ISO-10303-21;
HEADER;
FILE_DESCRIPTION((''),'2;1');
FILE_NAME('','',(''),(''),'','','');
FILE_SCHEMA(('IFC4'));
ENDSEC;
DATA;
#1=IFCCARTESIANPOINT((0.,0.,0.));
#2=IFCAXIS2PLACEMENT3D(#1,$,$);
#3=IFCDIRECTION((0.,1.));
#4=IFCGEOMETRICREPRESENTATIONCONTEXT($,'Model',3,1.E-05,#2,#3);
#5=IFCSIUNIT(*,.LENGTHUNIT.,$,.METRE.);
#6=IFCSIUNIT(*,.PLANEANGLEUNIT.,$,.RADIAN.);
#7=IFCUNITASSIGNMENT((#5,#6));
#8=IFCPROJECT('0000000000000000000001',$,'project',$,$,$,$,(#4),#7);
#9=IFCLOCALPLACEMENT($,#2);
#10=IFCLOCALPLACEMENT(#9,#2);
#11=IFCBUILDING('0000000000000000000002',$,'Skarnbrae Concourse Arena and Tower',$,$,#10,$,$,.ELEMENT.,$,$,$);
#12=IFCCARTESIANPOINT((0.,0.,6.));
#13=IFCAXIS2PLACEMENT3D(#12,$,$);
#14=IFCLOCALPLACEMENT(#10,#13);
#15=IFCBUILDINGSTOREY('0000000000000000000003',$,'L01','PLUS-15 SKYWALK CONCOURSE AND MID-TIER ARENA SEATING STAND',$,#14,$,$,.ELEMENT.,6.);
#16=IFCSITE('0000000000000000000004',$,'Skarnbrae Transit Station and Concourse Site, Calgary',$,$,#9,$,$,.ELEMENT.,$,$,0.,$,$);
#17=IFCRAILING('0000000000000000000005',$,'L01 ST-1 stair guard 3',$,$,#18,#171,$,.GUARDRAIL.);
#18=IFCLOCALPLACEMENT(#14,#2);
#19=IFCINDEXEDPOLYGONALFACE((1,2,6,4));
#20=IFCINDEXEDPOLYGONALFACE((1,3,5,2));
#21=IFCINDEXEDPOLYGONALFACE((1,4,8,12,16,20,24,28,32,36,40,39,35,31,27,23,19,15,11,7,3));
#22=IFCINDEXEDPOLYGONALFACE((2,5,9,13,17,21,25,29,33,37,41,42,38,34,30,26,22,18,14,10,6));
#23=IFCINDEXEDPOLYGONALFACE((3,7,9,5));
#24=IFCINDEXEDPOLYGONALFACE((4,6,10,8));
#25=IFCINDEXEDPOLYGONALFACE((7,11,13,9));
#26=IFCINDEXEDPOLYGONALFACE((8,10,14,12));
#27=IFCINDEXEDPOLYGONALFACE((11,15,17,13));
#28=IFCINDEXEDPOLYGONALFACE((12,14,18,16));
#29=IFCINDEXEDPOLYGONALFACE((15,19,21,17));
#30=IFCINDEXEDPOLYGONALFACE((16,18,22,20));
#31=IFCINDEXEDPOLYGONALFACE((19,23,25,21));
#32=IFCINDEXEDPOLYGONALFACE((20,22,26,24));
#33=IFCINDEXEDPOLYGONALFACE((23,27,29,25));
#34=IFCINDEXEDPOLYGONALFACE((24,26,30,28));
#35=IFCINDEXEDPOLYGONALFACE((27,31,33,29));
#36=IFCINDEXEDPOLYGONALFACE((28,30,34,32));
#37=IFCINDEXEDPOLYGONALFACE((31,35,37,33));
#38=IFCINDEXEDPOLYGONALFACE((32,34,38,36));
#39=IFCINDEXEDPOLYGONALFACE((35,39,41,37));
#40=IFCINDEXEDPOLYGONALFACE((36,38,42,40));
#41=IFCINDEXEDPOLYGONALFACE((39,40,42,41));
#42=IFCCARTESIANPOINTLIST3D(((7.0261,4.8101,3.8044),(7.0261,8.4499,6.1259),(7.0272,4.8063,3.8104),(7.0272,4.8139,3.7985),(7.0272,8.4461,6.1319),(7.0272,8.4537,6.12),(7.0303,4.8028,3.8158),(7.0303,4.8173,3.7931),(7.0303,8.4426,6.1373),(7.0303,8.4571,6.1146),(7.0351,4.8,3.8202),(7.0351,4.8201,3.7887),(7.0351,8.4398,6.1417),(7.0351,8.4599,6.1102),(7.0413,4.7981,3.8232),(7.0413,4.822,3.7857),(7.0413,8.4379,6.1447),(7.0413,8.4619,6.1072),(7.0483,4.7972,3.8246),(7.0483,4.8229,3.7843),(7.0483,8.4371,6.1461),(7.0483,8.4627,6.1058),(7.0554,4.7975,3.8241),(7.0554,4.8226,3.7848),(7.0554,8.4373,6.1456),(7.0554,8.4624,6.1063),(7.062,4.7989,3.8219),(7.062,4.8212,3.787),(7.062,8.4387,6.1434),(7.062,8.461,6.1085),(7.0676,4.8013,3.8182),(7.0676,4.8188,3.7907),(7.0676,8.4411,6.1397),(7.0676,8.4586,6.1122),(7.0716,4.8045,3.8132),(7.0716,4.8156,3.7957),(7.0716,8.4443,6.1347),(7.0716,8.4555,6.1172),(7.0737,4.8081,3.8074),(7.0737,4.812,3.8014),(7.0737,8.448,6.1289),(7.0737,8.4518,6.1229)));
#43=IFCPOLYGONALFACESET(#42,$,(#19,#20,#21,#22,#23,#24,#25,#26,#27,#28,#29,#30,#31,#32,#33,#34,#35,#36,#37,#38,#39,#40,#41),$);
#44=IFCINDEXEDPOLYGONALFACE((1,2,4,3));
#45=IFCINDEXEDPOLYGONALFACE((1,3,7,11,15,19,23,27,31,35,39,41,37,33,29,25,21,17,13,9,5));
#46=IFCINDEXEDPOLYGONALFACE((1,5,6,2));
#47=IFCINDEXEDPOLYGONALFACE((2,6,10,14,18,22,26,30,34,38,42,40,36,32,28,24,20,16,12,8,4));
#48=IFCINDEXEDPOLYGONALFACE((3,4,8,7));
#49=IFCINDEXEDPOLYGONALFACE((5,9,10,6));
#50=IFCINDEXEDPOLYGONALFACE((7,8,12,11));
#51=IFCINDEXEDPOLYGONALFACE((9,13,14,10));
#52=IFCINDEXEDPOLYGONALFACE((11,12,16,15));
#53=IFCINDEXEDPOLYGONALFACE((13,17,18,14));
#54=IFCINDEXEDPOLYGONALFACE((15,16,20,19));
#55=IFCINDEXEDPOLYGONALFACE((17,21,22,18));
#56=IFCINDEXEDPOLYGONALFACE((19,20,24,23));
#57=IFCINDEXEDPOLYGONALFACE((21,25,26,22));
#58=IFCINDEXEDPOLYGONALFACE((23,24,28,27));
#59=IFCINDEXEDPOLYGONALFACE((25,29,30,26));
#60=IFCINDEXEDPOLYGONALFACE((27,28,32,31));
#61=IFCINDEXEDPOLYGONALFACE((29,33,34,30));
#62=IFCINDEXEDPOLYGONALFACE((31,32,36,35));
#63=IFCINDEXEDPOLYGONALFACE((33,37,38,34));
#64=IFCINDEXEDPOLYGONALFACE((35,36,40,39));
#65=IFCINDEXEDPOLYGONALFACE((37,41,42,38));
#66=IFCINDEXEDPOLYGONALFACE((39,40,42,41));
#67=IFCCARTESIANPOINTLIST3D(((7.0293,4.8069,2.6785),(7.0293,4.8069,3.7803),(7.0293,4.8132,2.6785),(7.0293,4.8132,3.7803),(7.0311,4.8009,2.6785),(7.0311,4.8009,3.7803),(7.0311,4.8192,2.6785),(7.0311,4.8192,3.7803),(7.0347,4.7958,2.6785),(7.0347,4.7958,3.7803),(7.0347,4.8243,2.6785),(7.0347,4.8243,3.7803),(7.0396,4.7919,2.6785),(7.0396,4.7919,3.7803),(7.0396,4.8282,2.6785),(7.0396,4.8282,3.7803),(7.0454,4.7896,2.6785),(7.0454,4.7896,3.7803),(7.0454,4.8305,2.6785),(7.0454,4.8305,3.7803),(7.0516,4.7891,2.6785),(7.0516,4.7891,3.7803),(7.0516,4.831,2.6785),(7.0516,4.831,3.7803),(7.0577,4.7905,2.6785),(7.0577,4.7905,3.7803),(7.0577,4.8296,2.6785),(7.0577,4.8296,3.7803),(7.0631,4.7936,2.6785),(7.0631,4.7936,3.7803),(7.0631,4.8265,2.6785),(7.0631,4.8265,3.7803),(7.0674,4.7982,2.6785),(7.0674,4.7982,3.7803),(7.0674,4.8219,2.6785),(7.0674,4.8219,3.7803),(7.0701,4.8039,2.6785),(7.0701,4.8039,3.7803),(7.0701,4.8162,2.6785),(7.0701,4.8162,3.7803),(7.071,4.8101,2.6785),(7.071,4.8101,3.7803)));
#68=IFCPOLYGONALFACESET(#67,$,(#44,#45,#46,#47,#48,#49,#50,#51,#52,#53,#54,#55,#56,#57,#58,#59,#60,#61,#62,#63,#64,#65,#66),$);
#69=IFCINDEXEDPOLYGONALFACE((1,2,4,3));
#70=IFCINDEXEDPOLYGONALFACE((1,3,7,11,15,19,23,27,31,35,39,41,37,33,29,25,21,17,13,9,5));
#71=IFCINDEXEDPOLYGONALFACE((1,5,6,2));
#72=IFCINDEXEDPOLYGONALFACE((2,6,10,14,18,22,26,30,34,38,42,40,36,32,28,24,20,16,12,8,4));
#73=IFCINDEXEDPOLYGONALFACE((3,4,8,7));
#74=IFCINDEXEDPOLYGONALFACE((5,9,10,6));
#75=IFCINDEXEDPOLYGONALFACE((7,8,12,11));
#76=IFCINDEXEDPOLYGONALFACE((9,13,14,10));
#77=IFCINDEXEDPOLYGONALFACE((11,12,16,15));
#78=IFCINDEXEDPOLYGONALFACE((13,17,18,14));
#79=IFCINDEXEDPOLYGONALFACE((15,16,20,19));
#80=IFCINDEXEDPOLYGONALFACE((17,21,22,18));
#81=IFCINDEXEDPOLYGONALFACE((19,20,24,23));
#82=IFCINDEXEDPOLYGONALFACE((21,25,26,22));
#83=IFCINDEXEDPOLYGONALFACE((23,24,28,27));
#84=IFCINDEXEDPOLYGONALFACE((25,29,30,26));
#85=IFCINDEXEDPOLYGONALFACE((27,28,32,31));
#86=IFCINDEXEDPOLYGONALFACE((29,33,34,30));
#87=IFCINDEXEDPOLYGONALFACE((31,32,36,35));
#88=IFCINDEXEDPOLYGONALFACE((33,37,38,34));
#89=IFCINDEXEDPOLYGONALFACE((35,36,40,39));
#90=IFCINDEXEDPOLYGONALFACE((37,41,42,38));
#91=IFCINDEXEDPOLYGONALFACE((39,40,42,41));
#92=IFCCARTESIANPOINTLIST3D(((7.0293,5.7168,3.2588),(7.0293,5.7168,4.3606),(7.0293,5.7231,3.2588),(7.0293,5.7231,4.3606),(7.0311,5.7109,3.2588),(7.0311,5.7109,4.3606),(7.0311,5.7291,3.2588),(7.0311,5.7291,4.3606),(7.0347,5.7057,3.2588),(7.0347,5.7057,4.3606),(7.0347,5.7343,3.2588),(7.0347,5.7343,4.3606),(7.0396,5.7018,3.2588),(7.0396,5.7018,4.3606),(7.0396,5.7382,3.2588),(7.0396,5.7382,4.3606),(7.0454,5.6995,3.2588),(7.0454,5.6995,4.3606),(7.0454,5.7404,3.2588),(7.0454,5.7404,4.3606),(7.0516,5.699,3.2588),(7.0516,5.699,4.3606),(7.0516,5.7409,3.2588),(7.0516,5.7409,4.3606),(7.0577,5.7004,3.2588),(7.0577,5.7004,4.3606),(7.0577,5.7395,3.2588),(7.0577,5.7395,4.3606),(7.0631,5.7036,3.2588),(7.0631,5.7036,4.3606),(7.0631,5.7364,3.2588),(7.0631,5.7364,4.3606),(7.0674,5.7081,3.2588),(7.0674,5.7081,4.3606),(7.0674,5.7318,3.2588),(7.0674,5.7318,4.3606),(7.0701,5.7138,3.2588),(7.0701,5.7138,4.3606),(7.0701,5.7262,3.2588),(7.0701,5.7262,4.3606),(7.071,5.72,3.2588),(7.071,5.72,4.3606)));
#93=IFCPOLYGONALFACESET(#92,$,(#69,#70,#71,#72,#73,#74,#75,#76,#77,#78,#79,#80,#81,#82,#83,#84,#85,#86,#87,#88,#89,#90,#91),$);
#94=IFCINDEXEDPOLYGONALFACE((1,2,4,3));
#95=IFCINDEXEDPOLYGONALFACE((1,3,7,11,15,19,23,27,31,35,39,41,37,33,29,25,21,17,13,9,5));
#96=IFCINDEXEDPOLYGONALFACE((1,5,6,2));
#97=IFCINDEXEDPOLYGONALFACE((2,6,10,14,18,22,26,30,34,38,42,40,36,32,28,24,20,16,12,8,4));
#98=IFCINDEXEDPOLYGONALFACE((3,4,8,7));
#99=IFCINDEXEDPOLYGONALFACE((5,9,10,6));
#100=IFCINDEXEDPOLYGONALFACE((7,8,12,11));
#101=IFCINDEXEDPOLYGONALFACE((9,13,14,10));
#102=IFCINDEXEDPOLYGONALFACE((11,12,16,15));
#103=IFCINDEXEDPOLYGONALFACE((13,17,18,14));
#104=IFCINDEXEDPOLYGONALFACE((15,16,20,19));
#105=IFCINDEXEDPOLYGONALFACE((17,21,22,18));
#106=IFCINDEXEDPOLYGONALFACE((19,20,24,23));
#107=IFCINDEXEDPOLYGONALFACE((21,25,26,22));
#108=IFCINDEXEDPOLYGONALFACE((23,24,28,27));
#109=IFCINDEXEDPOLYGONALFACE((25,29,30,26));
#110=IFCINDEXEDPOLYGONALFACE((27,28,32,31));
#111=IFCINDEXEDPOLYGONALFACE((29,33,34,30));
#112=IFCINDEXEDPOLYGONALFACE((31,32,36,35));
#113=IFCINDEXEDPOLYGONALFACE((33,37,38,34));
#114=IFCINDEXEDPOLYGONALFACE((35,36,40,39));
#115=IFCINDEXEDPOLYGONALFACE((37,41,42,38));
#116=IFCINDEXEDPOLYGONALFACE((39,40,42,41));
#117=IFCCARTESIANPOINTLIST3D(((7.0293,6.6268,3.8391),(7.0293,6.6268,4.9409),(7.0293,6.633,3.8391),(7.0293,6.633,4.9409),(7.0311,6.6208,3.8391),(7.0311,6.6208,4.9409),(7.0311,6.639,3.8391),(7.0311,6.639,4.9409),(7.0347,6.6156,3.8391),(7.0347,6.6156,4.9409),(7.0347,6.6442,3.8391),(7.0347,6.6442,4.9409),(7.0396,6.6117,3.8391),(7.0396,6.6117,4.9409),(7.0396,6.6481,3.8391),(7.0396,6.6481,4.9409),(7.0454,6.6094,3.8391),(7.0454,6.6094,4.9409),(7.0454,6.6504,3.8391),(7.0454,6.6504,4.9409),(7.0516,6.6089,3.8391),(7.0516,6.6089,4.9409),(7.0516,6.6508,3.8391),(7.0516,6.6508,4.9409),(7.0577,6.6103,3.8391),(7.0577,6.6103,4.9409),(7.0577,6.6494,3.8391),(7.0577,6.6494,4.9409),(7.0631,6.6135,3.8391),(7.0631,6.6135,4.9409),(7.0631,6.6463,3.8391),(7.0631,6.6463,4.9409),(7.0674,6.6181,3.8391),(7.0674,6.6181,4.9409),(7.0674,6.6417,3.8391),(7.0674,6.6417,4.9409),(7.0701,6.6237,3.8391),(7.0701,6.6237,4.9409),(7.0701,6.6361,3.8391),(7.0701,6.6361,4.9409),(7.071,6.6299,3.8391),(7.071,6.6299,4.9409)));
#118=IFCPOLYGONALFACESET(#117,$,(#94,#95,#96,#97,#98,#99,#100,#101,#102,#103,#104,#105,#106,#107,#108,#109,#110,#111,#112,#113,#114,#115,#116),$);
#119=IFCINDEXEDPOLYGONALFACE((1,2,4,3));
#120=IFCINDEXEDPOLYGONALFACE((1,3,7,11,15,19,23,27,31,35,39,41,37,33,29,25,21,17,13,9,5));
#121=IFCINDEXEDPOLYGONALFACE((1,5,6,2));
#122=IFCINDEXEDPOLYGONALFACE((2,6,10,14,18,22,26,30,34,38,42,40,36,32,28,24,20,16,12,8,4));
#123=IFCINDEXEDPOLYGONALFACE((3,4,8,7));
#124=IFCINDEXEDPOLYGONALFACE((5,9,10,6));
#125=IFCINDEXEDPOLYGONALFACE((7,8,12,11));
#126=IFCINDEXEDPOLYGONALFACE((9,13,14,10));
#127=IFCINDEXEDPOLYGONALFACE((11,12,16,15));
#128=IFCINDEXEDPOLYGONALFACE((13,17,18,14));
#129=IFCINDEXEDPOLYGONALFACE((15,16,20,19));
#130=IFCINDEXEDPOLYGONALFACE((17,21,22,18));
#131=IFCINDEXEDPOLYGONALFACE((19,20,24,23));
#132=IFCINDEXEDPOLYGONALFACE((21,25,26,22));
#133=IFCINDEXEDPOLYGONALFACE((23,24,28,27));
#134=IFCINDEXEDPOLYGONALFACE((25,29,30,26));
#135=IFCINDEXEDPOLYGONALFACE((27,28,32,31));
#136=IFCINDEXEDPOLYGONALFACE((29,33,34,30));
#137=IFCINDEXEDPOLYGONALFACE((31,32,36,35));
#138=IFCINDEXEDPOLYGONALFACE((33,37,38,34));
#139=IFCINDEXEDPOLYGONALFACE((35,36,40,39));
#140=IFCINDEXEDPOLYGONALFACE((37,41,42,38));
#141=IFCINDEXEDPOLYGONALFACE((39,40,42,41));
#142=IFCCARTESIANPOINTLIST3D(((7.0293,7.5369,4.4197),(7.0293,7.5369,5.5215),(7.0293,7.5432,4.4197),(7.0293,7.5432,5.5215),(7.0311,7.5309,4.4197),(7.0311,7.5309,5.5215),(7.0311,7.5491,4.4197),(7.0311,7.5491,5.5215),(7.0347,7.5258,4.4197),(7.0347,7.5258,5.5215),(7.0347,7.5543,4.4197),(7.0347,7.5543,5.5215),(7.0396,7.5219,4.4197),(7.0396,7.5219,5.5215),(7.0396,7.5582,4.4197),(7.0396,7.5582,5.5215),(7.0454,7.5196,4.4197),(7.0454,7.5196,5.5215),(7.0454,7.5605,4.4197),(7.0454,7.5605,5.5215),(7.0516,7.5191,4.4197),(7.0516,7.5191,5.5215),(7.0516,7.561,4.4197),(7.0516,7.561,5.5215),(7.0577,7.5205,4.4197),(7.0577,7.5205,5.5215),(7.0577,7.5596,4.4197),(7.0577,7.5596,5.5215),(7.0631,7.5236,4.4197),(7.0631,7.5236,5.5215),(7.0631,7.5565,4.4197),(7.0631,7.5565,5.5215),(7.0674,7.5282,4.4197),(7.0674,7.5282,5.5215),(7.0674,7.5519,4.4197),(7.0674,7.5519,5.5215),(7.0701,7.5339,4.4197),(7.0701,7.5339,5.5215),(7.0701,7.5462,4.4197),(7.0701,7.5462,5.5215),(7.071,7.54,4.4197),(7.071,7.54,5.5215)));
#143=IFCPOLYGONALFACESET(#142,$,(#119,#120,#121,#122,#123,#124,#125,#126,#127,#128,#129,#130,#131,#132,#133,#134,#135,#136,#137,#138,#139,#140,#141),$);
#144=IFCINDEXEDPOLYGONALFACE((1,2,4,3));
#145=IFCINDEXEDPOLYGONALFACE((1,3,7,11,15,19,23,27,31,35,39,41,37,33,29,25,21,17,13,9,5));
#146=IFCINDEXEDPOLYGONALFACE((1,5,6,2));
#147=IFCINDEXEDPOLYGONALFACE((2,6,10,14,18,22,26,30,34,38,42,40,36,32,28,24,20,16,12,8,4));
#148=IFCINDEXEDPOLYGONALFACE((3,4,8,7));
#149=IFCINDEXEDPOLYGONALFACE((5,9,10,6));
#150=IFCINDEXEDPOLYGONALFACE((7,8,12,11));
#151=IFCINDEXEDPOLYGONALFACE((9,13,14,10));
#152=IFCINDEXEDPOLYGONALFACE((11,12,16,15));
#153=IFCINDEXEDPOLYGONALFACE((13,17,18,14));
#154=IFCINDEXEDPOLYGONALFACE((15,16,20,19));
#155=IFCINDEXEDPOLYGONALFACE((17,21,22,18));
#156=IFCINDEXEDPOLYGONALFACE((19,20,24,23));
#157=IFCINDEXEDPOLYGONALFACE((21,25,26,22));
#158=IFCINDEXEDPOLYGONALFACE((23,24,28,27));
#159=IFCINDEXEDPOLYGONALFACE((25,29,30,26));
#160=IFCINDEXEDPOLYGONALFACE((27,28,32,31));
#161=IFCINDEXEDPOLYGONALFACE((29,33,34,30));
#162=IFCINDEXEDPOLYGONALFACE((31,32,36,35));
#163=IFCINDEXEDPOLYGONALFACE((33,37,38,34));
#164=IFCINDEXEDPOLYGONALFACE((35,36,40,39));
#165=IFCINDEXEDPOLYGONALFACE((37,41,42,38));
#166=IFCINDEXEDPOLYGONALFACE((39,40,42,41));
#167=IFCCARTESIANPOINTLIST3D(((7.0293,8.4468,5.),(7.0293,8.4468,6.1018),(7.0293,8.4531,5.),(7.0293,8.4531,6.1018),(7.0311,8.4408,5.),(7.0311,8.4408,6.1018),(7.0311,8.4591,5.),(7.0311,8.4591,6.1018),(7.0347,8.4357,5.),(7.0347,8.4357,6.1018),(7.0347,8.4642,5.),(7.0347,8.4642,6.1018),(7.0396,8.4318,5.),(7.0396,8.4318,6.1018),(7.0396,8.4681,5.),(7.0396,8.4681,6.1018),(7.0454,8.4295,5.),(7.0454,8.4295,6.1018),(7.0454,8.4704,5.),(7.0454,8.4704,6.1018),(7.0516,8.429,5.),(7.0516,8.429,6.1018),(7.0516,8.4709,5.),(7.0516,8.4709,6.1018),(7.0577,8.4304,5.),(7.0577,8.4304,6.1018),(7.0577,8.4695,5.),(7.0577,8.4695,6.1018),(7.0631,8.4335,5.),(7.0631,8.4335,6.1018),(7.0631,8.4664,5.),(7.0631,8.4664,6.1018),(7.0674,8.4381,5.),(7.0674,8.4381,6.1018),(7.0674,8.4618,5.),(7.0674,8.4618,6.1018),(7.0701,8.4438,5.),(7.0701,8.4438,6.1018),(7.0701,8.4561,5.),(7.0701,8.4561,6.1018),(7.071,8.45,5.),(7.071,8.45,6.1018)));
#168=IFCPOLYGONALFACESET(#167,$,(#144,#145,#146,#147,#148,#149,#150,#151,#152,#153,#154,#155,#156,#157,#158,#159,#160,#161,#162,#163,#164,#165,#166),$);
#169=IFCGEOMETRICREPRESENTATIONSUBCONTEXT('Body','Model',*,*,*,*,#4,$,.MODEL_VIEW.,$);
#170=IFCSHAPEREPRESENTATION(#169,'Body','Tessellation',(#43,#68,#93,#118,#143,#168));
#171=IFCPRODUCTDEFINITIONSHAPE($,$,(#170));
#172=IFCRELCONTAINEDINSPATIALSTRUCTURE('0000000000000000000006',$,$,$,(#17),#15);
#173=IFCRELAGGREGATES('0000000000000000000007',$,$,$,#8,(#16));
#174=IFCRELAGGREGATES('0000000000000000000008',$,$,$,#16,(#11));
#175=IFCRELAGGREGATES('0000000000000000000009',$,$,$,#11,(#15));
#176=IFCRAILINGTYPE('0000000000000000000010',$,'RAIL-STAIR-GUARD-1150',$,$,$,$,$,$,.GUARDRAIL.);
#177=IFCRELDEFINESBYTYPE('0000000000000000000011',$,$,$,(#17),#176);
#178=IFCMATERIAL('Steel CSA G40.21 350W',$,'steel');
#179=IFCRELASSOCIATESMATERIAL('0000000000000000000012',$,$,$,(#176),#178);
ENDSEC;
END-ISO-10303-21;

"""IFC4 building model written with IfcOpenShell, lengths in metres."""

from ifc_helpers import new_model, si_unit, direction, frame, origin, origin_2d, place, context, subcontext, project, spatial, circle, extrude, material, type_object, element, save


model = new_model("IFC4")

# Units and contexts
model_context = context("Model", 3, precision=1e-05, world=origin(), true_north=direction((0.0, 1.0)))
body_context = subcontext(model_context, "Body", "Model", "MODEL_VIEW")
ifc_project = project(units=[si_unit("LENGTHUNIT", "METRE"), si_unit("PLANEANGLEUNIT", "RADIAN")], contexts=[model_context])

# Site, building, storey
site_placement = place(None, origin())
site = spatial("IfcSite", under=ifc_project, at=site_placement, Name="Skarnbrae Transit Station and Concourse Site, Calgary", CompositionType="ELEMENT", RefElevation=0.0)
building_placement = place(site_placement, origin())
building = spatial("IfcBuilding", under=site, at=building_placement, Name="Skarnbrae Concourse Arena and Tower", CompositionType="ELEMENT")
storey_placement = place(building_placement, frame((0.0, 0.0, 6.0)))
storey = spatial("IfcBuildingStorey", under=building, at=storey_placement, Name="L01", Description="PLUS-15 SKYWALK CONCOURSE AND MID-TIER ARENA SEATING STAND", CompositionType="ELEMENT", Elevation=6.0)

# Shared definitions
ifc_material_1 = material(Name="Steel CSA G40.21 350W", Category="steel")

# Railing
railing_type_1 = type_object("IfcRailingType", Name="RAIL-STAIR-GUARD-1150", PredefinedType="GUARDRAIL", material=ifc_material_1)
railing_1_placement = place(storey_placement, frame((7.05, 4.8101, 2.6785)))
element("IfcRailing", 1, at=railing_1_placement, inside=storey, type_object=railing_type_1, Name="L01 ST-1 stair guard 3", PredefinedType="GUARDRAIL", context=body_context, shape_type="SweptSolid", body=[
    extrude(circle(Radius=0.0239, at=origin_2d()), frame((0.0, 0.0, 1.126), z_axis=(0.0, 0.843112, 0.537739), x_axis=(-1.0, 0.0, 0.0)), (0.0, 0.0, 1.0), 4.3171),
    extrude(circle(Radius=0.021, at=origin_2d()), origin(), (0.0, 0.0, 1.0), 1.1018),
    extrude(circle(Radius=0.021, at=origin_2d()), frame((0.0, 0.9099, 0.5803)), (0.0, 0.0, 1.0), 1.1018),
    extrude(circle(Radius=0.021, at=origin_2d()), frame((0.0, 1.8198, 1.1606)), (0.0, 0.0, 1.0), 1.1018),
    extrude(circle(Radius=0.021, at=origin_2d()), frame((0.0, 2.73, 1.7412)), (0.0, 0.0, 1.0), 1.1018),
    extrude(circle(Radius=0.021, at=origin_2d()), frame((0.0, 3.6399, 2.3215)), (0.0, 0.0, 1.0), 1.1018),
])

save(model, "model.ifc")
